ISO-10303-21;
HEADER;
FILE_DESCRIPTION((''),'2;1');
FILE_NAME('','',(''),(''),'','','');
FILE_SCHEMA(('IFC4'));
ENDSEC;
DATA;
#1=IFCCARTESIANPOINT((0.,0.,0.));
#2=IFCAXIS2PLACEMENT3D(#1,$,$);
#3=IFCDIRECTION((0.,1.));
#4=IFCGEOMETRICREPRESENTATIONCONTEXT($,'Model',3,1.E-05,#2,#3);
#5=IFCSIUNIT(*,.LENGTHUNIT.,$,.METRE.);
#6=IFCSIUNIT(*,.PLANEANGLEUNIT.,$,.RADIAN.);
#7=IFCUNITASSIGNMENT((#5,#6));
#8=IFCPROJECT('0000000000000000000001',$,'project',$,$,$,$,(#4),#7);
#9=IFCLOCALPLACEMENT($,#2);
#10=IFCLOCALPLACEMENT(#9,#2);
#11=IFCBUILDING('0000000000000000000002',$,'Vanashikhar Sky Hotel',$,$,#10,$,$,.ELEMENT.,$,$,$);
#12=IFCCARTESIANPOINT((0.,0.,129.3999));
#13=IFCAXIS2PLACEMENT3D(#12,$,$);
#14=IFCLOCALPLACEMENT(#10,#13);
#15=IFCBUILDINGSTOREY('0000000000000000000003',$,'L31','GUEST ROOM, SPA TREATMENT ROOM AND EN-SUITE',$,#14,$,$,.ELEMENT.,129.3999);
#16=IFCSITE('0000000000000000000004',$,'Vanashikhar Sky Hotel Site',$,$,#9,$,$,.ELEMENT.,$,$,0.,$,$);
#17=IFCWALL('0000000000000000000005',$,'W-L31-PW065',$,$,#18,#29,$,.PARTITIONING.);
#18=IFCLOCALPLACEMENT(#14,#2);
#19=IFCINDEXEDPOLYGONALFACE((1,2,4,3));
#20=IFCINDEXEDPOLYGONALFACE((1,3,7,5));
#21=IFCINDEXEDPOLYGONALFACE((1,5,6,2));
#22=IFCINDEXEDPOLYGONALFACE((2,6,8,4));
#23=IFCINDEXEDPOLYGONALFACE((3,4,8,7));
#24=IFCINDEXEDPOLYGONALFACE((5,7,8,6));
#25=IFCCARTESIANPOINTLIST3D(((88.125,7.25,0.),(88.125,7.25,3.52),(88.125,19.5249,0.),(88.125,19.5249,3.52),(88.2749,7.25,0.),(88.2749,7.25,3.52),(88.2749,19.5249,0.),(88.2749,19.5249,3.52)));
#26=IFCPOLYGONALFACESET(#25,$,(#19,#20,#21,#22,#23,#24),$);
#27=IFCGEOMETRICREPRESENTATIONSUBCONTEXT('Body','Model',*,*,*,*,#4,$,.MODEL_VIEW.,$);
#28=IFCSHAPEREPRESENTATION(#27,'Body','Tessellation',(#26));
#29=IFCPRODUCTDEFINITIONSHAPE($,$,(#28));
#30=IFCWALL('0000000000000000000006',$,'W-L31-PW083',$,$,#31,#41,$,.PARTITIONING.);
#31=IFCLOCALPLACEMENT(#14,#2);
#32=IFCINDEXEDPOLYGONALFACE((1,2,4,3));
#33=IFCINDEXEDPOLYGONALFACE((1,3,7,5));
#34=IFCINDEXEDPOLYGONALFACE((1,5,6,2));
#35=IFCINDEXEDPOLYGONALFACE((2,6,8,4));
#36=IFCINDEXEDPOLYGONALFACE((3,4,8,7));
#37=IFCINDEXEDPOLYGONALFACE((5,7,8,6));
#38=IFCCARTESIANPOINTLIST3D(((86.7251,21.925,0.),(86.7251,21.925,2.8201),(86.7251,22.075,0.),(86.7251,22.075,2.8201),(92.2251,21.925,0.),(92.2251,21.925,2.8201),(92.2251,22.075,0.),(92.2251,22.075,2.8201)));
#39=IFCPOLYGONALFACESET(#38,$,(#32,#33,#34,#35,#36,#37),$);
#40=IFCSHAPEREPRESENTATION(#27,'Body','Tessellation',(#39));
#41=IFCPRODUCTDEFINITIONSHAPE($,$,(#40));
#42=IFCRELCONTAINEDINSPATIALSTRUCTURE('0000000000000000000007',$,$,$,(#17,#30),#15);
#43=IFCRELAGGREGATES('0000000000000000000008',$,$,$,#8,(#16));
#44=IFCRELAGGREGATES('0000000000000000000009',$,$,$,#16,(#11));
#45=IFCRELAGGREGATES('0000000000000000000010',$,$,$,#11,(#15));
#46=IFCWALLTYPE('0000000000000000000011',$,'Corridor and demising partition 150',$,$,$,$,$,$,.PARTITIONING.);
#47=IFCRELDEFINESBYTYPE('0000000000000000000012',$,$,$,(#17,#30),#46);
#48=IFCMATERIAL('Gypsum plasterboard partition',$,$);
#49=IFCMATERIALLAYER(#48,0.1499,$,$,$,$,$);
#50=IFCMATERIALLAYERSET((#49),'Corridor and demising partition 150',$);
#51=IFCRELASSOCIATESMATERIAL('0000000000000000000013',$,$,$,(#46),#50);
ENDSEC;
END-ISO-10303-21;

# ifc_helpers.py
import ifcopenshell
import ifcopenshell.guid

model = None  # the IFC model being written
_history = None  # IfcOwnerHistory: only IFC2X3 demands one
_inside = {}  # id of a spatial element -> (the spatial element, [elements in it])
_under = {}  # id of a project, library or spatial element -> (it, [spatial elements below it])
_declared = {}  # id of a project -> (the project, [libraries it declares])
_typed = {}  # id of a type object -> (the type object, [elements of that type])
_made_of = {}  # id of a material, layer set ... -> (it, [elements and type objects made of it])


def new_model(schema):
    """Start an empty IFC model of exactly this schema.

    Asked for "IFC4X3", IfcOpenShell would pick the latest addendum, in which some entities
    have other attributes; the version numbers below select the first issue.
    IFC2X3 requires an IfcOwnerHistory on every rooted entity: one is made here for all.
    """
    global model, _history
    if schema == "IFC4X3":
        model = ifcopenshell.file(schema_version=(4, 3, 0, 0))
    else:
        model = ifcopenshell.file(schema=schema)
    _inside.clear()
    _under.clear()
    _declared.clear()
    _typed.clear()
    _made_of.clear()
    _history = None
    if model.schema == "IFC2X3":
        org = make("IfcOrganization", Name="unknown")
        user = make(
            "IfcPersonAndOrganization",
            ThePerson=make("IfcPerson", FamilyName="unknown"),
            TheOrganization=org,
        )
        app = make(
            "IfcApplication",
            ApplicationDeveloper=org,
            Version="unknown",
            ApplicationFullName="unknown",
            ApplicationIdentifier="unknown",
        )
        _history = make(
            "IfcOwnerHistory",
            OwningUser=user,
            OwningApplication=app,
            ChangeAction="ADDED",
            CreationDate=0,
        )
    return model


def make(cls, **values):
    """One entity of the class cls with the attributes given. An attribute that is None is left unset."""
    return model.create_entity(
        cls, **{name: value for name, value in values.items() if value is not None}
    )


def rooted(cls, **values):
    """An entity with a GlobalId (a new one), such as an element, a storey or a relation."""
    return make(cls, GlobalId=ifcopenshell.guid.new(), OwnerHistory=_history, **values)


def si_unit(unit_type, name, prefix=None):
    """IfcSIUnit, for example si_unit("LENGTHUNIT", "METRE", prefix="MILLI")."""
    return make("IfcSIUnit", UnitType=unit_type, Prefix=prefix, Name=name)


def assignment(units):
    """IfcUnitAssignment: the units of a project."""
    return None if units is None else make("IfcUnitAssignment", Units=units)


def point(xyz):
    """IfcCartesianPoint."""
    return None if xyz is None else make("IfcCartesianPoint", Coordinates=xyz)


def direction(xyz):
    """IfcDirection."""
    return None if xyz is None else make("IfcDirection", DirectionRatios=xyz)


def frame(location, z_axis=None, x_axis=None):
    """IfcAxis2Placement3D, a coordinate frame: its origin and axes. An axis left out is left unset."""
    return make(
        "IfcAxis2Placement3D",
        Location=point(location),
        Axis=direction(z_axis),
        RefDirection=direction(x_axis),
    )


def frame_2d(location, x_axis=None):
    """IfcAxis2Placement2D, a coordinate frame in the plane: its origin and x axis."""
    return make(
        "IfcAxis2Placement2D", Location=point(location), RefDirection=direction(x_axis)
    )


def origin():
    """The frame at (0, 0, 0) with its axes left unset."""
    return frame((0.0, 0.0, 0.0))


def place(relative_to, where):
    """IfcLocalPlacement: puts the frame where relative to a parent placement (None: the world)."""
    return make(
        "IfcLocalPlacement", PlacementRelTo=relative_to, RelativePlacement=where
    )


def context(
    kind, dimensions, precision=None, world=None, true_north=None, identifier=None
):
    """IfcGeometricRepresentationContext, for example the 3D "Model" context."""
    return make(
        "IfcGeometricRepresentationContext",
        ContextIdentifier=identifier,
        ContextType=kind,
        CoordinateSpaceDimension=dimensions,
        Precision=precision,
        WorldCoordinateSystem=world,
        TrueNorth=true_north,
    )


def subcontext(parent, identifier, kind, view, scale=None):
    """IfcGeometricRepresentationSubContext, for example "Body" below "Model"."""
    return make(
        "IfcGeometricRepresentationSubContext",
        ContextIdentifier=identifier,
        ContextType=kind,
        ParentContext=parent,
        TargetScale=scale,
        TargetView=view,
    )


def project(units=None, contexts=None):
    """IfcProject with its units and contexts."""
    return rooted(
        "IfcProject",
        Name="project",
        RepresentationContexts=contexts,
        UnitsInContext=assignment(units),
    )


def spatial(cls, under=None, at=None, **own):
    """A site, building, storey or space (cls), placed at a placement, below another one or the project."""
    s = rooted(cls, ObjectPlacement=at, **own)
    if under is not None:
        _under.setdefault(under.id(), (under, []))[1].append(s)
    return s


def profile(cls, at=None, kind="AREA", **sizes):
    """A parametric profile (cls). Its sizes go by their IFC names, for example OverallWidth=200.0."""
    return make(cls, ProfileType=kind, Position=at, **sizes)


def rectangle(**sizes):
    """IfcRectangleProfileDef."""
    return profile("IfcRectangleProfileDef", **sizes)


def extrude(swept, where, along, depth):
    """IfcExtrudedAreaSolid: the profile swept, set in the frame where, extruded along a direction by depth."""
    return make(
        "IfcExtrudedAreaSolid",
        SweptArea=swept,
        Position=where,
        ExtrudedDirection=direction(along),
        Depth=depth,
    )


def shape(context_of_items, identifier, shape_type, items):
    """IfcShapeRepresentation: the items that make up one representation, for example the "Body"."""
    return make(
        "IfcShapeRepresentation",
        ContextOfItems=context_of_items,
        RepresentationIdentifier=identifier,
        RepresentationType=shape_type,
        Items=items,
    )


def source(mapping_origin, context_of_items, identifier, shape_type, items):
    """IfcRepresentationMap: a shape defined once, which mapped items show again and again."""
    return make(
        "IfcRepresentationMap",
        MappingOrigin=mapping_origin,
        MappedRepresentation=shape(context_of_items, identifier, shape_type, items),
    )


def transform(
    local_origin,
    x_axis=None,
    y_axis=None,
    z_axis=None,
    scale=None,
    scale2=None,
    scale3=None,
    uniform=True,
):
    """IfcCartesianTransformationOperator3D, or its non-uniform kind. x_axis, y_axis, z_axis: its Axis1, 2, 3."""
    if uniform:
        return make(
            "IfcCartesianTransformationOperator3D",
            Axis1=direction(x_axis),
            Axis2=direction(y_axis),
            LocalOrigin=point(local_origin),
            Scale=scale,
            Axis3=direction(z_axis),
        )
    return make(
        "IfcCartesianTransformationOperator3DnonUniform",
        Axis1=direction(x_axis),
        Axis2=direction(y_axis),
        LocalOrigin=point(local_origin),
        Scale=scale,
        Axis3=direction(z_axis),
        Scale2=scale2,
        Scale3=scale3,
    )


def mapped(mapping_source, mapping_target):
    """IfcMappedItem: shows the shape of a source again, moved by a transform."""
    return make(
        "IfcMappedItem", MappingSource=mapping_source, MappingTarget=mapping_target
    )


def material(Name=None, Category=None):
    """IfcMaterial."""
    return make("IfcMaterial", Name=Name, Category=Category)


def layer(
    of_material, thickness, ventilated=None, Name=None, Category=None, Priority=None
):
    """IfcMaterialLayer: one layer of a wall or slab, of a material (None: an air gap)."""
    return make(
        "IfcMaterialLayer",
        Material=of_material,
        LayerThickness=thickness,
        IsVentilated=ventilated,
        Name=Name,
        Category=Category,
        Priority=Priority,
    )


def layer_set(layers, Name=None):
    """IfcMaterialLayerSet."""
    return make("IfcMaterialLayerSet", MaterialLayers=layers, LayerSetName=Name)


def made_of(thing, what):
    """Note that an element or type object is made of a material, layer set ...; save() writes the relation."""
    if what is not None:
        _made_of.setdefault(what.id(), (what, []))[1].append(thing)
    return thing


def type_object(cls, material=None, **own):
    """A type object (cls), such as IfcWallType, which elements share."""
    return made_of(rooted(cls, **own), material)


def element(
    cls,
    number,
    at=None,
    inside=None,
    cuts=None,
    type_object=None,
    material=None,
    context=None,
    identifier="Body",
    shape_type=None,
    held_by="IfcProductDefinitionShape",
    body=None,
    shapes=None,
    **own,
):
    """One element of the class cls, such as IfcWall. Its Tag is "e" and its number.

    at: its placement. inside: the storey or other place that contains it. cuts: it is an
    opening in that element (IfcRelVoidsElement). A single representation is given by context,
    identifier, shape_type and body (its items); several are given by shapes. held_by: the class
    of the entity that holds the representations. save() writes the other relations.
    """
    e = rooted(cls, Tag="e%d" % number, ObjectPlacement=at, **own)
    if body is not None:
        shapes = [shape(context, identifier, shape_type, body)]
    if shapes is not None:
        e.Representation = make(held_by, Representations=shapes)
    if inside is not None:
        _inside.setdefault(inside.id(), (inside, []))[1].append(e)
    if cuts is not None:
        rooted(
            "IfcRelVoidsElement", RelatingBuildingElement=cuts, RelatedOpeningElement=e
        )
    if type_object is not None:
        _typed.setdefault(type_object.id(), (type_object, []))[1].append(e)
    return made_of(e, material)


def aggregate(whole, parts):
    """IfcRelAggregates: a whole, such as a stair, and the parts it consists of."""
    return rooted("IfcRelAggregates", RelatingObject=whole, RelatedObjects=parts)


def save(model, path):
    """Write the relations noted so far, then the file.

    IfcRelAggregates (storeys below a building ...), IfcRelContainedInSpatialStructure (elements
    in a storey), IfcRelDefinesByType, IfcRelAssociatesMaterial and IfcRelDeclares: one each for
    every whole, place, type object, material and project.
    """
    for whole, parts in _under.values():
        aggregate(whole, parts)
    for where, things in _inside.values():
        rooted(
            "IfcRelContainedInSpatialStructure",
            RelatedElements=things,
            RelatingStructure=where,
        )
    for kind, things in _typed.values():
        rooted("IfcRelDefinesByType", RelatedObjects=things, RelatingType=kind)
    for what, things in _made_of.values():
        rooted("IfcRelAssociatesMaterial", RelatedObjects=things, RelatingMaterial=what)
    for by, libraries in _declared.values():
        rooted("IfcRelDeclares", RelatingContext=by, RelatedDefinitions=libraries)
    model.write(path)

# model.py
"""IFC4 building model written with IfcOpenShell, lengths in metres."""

from ifc_helpers import new_model, si_unit, direction, frame, frame_2d, origin, place, context, subcontext, project, spatial, rectangle, extrude, source, transform, mapped, material, layer, layer_set, type_object, element, save


model = new_model("IFC4")

# Units and contexts
model_context = context("Model", 3, precision=1e-05, world=origin(), true_north=direction((0.0, 1.0)))
body_context = subcontext(model_context, "Body", "Model", "MODEL_VIEW")
ifc_project = project(units=[si_unit("LENGTHUNIT", "METRE"), si_unit("PLANEANGLEUNIT", "RADIAN")], contexts=[model_context])

# Site, building, storey
site_placement = place(None, origin())
site = spatial("IfcSite", under=ifc_project, at=site_placement, Name="Vanashikhar Sky Hotel Site", CompositionType="ELEMENT", RefElevation=0.0)
building_placement = place(site_placement, origin())
building = spatial("IfcBuilding", under=site, at=building_placement, Name="Vanashikhar Sky Hotel", CompositionType="ELEMENT")
storey_placement = place(building_placement, frame((0.0, 0.0, 129.3999)))
storey = spatial("IfcBuildingStorey", under=building, at=storey_placement, Name="L31", Description="GUEST ROOM, SPA TREATMENT ROOM AND EN-SUITE", CompositionType="ELEMENT", Elevation=129.3999)

# Shared definitions
ifc_material_1 = material(Name="Gypsum plasterboard partition")

# Shared definitions
ifc_layer_1 = layer(ifc_material_1, 0.1499)
ifc_layer_set_1 = layer_set([ifc_layer_1], Name="Corridor and demising partition 150")
wall_type_1 = type_object("IfcWallType", Name="Corridor and demising partition 150", PredefinedType="PARTITIONING", material=ifc_layer_set_1)

# Walls
shared_shape_1 = source(origin(), body_context, "Body", "SweptSolid", [
    extrude(rectangle(XDim=12.2749, YDim=0.1499, at=frame_2d((6.1375, 0.0))), origin(), (0.0, 0.0, 1.0), 3.52),
])
wall_1_placement = place(storey_placement, frame((88.2, 7.25, 0.0), z_axis=(0.0, 0.0, 1.0), x_axis=(0.0, 1.0, 0.0)))
element("IfcWall", 1, at=wall_1_placement, inside=storey, type_object=wall_type_1, Name="W-L31-PW065", PredefinedType="PARTITIONING", context=body_context, shape_type="MappedRepresentation", body=[
    mapped(shared_shape_1, transform((0.0, 0.0, 0.0), scale=1.0)),
])
shared_shape_2 = source(origin(), body_context, "Body", "SweptSolid", [
    extrude(rectangle(XDim=5.5, YDim=0.1499, at=frame_2d((2.75, 0.0))), origin(), (0.0, 0.0, 1.0), 2.8201),
])
wall_2_placement = place(storey_placement, frame((86.7251, 22.0, 0.0), z_axis=(0.0, 0.0, 1.0), x_axis=(1.0, 0.0, 0.0)))
element("IfcWall", 2, at=wall_2_placement, inside=storey, type_object=wall_type_1, Name="W-L31-PW083", PredefinedType="PARTITIONING", context=body_context, shape_type="MappedRepresentation", body=[
    mapped(shared_shape_2, transform((0.0, 0.0, 0.0), scale=1.0)),
])

save(model, "model.ifc")
